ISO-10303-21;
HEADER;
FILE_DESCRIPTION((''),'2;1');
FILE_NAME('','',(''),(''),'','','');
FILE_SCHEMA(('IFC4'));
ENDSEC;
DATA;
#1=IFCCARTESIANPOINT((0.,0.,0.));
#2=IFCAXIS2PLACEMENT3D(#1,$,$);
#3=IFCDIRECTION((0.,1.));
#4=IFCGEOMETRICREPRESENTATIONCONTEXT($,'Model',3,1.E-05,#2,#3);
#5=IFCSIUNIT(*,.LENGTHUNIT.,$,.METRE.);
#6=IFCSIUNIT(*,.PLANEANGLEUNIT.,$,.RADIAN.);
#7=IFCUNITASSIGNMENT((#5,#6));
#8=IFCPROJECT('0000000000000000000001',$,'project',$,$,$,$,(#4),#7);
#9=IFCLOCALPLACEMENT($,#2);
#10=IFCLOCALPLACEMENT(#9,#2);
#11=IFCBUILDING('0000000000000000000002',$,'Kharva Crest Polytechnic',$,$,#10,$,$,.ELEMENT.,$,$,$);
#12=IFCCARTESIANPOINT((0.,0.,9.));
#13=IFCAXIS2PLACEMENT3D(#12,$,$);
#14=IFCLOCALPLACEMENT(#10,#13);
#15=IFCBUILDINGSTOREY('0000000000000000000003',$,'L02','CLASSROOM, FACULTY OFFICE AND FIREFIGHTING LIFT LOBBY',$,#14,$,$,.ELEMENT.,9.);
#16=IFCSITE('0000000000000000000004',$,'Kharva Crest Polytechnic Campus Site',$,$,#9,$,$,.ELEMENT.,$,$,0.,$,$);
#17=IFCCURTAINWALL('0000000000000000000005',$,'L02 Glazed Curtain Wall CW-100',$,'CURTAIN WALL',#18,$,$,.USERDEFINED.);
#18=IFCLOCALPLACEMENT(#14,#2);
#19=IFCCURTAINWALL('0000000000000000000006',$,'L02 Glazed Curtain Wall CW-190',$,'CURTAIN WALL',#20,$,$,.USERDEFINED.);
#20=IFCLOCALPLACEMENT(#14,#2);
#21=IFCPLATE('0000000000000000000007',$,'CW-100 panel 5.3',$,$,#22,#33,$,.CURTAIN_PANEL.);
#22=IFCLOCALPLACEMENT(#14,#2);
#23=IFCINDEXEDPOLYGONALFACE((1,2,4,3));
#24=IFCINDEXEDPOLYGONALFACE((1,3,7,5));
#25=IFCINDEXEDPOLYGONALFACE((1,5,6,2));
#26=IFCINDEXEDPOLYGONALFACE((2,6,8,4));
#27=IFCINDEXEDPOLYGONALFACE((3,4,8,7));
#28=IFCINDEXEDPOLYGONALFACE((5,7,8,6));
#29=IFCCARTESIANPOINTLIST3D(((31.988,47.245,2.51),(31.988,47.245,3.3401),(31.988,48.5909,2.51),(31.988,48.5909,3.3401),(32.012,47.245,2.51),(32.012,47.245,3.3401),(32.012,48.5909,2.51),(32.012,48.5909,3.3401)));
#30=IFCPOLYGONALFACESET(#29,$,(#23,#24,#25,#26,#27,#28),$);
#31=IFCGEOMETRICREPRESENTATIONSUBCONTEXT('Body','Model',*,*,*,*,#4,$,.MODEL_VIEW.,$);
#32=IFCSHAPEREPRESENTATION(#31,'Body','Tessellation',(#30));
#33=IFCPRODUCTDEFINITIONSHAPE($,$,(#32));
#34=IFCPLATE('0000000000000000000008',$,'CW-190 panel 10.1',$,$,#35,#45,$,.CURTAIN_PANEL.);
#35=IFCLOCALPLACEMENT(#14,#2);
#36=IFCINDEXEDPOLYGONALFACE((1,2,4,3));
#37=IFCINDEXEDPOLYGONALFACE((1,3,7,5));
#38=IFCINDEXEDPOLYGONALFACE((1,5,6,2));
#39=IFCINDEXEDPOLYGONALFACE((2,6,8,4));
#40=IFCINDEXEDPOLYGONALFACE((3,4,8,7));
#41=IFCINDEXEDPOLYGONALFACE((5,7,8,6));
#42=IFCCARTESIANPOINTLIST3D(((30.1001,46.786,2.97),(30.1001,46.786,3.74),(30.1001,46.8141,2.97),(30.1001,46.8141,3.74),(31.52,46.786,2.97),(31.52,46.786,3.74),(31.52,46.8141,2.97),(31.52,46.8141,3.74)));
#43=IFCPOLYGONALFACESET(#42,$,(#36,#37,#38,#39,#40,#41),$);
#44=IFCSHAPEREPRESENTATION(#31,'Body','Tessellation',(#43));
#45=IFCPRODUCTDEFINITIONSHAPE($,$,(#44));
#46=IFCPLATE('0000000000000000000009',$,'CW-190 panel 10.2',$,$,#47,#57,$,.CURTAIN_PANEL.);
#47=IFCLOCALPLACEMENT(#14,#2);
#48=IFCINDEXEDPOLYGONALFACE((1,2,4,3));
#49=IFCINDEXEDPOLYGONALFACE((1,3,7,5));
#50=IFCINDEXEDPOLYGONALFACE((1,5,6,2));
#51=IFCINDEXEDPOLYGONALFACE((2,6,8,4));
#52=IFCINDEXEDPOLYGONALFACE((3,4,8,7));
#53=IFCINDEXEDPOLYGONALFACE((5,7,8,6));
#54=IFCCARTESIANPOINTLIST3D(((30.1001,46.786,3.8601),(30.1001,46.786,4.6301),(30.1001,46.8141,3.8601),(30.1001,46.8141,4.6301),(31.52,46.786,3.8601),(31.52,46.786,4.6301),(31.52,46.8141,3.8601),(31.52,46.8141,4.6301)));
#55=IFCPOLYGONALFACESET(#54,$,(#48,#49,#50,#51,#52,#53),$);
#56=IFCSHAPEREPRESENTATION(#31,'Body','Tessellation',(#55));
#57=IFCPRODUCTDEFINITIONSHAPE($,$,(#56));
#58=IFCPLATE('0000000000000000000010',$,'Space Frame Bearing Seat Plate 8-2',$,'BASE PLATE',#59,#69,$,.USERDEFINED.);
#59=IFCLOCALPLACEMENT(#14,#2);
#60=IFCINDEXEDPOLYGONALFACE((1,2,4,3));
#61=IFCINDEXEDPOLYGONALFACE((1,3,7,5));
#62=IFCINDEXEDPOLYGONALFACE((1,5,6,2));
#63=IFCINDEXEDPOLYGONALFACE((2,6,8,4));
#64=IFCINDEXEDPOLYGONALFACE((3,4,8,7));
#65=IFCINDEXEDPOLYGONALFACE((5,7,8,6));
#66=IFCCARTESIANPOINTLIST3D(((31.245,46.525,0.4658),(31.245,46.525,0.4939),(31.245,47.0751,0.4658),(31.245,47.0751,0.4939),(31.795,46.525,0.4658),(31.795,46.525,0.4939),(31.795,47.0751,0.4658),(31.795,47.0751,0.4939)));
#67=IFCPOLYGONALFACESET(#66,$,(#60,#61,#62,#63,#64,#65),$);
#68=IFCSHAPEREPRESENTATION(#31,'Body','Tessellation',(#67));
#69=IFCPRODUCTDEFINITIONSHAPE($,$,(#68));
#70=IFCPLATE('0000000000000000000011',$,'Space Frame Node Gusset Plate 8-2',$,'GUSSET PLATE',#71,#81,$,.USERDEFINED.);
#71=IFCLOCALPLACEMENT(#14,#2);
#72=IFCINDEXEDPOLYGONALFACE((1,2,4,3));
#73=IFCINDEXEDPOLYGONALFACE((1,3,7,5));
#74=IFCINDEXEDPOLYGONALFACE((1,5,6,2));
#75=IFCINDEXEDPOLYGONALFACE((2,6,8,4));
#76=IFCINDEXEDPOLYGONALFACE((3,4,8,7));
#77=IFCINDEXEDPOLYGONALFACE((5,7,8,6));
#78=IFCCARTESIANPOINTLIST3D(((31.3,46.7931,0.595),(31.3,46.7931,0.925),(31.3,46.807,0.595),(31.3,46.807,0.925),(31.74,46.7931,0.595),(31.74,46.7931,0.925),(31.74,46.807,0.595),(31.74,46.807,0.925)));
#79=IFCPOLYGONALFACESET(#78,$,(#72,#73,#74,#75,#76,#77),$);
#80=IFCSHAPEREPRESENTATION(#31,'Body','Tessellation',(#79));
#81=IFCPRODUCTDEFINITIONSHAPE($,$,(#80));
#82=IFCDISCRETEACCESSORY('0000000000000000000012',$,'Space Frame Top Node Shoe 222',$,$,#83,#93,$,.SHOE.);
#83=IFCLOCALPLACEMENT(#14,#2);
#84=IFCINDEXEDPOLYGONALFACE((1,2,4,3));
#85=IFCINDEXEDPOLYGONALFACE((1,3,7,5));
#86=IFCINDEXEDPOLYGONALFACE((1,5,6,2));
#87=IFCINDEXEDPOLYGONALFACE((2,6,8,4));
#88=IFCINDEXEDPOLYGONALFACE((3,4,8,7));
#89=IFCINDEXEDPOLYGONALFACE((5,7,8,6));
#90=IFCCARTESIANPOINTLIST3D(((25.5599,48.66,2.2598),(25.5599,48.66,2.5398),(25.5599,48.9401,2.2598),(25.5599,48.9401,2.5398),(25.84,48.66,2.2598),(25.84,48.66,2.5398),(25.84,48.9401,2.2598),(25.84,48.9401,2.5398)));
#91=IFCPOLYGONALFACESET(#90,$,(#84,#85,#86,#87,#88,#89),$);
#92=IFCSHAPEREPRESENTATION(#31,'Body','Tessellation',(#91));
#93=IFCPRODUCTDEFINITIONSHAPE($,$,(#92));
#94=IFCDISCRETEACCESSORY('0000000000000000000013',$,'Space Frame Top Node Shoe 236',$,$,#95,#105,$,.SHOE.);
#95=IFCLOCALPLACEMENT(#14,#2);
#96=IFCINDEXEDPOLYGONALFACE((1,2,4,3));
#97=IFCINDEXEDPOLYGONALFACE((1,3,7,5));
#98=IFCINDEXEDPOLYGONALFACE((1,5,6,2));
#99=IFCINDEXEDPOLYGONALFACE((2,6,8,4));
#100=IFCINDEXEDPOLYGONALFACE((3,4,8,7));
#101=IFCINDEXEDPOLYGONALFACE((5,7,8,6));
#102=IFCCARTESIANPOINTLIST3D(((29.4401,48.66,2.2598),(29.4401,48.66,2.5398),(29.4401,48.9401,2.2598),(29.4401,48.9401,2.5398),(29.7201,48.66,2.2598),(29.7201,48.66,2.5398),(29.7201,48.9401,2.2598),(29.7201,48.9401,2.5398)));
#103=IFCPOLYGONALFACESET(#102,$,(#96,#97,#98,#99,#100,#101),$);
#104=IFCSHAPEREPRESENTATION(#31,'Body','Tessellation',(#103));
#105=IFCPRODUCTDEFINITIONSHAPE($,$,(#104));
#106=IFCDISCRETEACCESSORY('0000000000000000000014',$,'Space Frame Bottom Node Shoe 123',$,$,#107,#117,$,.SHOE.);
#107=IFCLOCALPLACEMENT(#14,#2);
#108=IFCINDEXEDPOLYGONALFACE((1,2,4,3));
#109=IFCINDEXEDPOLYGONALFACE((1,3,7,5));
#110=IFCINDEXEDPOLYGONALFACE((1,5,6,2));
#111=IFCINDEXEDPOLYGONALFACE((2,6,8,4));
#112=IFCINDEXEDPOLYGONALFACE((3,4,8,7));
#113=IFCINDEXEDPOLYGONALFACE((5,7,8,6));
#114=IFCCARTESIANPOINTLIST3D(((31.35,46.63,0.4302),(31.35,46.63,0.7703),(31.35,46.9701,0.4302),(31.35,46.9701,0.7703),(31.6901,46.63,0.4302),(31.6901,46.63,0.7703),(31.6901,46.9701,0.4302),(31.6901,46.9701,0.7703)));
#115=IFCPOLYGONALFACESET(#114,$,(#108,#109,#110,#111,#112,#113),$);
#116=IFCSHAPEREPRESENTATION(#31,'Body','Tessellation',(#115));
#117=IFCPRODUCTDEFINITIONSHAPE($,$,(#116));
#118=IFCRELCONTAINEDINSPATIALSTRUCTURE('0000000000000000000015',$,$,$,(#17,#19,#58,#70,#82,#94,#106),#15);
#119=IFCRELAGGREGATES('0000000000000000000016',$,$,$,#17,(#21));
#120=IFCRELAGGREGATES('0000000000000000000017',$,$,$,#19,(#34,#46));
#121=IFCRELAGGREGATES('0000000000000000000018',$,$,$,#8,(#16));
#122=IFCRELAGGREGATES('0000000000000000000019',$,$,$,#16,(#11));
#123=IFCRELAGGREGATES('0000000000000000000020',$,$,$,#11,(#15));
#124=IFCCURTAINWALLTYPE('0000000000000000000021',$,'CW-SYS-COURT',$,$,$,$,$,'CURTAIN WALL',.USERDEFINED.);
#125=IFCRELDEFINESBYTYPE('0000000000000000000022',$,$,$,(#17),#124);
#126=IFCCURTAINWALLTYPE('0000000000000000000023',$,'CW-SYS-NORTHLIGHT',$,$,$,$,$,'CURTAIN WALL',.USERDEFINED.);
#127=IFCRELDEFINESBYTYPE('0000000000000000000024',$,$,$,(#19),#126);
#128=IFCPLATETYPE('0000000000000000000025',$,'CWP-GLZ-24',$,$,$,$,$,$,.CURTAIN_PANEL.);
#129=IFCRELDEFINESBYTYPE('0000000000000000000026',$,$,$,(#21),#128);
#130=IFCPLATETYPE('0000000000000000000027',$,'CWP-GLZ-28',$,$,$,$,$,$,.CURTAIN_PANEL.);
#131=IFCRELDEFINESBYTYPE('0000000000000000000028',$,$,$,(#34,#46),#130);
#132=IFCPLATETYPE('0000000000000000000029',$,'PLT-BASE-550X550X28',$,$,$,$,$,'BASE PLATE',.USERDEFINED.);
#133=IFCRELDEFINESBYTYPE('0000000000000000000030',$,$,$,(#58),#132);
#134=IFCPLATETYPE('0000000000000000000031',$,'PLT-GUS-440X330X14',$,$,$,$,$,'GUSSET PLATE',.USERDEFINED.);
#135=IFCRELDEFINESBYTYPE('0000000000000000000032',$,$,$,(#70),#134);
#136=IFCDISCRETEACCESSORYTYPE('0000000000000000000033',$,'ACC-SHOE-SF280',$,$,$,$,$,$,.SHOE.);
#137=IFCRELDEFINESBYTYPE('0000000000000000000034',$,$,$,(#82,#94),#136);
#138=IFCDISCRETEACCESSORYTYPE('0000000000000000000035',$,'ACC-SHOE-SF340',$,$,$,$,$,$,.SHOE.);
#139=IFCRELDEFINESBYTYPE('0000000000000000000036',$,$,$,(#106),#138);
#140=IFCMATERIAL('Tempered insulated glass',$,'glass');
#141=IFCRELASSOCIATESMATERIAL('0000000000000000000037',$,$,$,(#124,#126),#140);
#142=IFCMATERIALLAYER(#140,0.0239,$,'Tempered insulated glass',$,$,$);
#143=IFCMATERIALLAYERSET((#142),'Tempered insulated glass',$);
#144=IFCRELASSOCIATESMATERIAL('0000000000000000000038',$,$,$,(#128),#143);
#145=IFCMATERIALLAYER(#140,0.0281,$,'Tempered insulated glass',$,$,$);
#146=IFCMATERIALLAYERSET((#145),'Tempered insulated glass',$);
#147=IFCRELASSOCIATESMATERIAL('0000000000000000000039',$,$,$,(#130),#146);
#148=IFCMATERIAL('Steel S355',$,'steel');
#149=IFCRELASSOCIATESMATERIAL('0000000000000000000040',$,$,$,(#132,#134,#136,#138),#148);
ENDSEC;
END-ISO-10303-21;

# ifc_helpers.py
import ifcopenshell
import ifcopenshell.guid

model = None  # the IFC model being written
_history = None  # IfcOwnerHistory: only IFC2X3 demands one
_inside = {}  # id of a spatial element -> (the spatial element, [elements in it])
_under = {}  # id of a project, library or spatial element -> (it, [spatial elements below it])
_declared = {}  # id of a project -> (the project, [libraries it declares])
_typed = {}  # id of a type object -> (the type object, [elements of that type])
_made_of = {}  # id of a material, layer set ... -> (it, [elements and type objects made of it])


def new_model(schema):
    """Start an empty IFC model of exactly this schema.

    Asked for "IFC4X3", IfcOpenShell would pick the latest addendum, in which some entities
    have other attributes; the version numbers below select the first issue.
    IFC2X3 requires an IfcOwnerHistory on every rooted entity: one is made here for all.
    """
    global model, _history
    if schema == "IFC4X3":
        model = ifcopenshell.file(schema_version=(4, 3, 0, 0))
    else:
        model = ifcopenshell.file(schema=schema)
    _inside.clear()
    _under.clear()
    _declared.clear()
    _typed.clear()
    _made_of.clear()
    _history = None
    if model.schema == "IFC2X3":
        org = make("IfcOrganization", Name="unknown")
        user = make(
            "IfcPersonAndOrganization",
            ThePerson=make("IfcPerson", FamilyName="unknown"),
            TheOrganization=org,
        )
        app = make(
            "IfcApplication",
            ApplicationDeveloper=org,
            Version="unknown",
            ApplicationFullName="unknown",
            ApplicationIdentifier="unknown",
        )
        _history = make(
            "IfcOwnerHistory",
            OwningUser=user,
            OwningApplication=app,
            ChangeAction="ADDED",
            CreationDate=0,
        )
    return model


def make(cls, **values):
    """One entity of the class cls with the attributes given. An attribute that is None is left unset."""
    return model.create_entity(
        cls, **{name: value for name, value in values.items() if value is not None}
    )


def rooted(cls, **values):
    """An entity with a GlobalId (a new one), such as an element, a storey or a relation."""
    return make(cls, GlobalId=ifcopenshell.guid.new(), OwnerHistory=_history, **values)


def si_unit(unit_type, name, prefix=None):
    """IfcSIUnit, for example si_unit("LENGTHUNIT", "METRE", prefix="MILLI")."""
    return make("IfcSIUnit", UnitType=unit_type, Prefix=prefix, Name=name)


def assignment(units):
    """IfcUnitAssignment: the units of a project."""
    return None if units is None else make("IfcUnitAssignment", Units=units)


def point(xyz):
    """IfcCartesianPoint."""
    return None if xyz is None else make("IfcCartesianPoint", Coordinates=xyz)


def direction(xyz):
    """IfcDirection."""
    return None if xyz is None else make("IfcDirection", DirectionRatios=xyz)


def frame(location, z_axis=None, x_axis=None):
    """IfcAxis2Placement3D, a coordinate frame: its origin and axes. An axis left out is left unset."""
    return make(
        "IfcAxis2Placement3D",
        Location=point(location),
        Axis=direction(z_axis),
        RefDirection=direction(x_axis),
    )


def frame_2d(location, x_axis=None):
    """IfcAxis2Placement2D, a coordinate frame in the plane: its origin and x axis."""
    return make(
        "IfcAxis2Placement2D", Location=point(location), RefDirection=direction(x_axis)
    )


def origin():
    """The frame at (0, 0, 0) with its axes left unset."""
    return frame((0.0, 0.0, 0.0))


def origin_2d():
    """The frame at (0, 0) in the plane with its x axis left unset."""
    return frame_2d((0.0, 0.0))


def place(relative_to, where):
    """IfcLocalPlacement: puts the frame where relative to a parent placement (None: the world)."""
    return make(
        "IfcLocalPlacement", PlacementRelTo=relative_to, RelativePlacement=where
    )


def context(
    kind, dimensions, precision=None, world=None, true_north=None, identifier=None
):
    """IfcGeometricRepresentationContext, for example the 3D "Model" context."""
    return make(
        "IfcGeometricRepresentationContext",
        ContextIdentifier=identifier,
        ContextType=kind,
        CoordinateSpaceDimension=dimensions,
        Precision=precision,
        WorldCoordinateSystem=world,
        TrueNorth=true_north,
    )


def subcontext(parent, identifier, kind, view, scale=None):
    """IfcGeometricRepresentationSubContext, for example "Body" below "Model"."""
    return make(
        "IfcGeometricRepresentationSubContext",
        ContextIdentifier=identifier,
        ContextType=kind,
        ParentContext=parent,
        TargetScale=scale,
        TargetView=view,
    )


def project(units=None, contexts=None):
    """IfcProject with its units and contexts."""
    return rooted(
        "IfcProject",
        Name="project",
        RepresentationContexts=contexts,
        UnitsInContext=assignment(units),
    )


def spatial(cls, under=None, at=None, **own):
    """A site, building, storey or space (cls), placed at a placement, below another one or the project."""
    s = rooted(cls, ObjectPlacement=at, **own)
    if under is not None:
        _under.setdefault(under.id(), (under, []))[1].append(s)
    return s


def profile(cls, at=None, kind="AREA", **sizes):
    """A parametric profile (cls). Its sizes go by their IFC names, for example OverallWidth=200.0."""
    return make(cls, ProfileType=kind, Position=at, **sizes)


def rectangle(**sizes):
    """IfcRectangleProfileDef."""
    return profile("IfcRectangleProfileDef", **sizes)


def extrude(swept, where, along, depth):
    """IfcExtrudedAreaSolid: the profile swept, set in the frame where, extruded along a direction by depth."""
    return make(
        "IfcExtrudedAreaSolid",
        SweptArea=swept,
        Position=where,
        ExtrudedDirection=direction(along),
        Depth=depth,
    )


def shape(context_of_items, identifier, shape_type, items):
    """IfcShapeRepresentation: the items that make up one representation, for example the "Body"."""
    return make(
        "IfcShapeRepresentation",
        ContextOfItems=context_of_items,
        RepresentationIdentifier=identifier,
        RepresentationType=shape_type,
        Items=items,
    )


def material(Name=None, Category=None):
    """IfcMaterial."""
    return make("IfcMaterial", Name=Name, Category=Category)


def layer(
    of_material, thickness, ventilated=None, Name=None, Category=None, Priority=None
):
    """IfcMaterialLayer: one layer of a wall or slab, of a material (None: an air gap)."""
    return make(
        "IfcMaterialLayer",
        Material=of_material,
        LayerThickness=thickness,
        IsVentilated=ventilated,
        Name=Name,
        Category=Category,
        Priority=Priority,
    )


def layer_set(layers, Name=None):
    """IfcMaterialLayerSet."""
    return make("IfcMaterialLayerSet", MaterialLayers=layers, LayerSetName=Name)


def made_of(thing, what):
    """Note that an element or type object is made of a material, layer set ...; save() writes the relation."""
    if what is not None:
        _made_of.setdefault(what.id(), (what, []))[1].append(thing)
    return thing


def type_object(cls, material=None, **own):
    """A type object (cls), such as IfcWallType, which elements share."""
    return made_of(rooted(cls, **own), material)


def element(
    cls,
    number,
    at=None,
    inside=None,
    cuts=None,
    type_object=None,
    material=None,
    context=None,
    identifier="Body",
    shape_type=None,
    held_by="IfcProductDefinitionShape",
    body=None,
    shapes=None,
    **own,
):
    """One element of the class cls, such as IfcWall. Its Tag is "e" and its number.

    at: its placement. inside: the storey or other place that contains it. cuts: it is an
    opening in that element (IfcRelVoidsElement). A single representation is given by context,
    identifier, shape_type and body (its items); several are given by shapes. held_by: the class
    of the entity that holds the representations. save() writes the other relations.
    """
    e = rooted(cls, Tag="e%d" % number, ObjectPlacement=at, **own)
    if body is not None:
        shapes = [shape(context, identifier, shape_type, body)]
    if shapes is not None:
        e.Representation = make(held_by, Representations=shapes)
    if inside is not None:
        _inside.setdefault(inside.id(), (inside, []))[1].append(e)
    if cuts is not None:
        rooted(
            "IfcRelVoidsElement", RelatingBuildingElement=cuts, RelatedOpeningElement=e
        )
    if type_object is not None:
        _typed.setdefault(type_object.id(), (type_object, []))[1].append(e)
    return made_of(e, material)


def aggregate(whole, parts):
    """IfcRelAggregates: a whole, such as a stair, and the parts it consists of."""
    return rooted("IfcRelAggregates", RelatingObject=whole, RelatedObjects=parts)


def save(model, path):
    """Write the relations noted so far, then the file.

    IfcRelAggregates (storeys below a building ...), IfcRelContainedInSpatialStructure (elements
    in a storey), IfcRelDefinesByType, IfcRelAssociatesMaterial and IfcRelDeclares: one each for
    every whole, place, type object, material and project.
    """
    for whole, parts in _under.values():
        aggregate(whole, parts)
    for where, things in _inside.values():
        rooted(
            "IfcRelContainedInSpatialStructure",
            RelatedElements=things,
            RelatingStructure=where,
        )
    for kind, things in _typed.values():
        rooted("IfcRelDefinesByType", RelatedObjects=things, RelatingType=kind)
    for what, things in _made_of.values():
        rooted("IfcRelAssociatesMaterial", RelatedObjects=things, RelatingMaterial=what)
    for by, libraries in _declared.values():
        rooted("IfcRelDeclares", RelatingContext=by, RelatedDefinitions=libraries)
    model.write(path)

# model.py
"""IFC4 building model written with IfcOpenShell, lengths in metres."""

from ifc_helpers import new_model, si_unit, direction, frame, origin, origin_2d, place, context, subcontext, project, spatial, rectangle, extrude, material, layer, layer_set, type_object, element, aggregate, save


model = new_model("IFC4")

# Units and contexts
model_context = context("Model", 3, precision=1e-05, world=origin(), true_north=direction((0.0, 1.0)))
body_context = subcontext(model_context, "Body", "Model", "MODEL_VIEW")
ifc_project = project(units=[si_unit("LENGTHUNIT", "METRE"), si_unit("PLANEANGLEUNIT", "RADIAN")], contexts=[model_context])

# Site, building, storey
site_placement = place(None, origin())
site = spatial("IfcSite", under=ifc_project, at=site_placement, Name="Kharva Crest Polytechnic Campus Site", CompositionType="ELEMENT", RefElevation=0.0)
building_placement = place(site_placement, origin())
building = spatial("IfcBuilding", under=site, at=building_placement, Name="Kharva Crest Polytechnic", CompositionType="ELEMENT")
storey_placement = place(building_placement, frame((0.0, 0.0, 9.0)))
storey = spatial("IfcBuildingStorey", under=building, at=storey_placement, Name="L02", Description="CLASSROOM, FACULTY OFFICE AND FIREFIGHTING LIFT LOBBY", CompositionType="ELEMENT", Elevation=9.0)

# Curtain wall
ifc_material_1 = material(Name="Tempered insulated glass", Category="glass")
curtain_wall_type_1 = type_object("IfcCurtainWallType", Name="CW-SYS-COURT", ElementType="CURTAIN WALL", PredefinedType="USERDEFINED", material=ifc_material_1)
curtain_wall_1_placement = place(storey_placement, origin())
curtain_wall_1 = element("IfcCurtainWall", 1, at=curtain_wall_1_placement, inside=storey, type_object=curtain_wall_type_1, Name="L02 Glazed Curtain Wall CW-100", ObjectType="CURTAIN WALL", PredefinedType="USERDEFINED")
ifc_material_2 = material(Name="Steel S355", Category="steel")

# Curtain wall
curtain_wall_type_2 = type_object("IfcCurtainWallType", Name="CW-SYS-NORTHLIGHT", ElementType="CURTAIN WALL", PredefinedType="USERDEFINED", material=ifc_material_1)
curtain_wall_2_placement = place(storey_placement, origin())
curtain_wall_2 = element("IfcCurtainWall", 2, at=curtain_wall_2_placement, inside=storey, type_object=curtain_wall_type_2, Name="L02 Glazed Curtain Wall CW-190", ObjectType="CURTAIN WALL", PredefinedType="USERDEFINED")

# Plates
ifc_layer_1 = layer(ifc_material_1, 0.0239, Name="Tempered insulated glass")
ifc_layer_set_1 = layer_set([ifc_layer_1], Name="Tempered insulated glass")
plate_type_1 = type_object("IfcPlateType", Name="CWP-GLZ-24", PredefinedType="CURTAIN_PANEL", material=ifc_layer_set_1)
plate_1_placement = place(storey_placement, frame((32.0, 47.918, 2.51), z_axis=(0.0, 0.0, 1.0), x_axis=(0.0, -1.0, 0.0)))
plate_1 = element("IfcPlate", 3, at=plate_1_placement, type_object=plate_type_1, Name="CW-100 panel 5.3", PredefinedType="CURTAIN_PANEL", context=body_context, shape_type="SweptSolid", body=[
    extrude(rectangle(XDim=1.3459, YDim=0.0239, at=origin_2d()), origin(), (0.0, 0.0, 1.0), 0.8301),
])
aggregate(curtain_wall_1, [plate_1])
ifc_layer_2 = layer(ifc_material_1, 0.0281, Name="Tempered insulated glass")
ifc_layer_set_2 = layer_set([ifc_layer_2], Name="Tempered insulated glass")
plate_type_2 = type_object("IfcPlateType", Name="CWP-GLZ-28", PredefinedType="CURTAIN_PANEL", material=ifc_layer_set_2)
plate_2_placement = place(storey_placement, frame((30.8101, 46.8, 2.97), z_axis=(0.0, 0.0, 1.0), x_axis=(1.0, 0.0, 0.0)))
plate_2 = element("IfcPlate", 4, at=plate_2_placement, type_object=plate_type_2, Name="CW-190 panel 10.1", PredefinedType="CURTAIN_PANEL", context=body_context, shape_type="SweptSolid", body=[
    extrude(rectangle(XDim=1.4199, YDim=0.0281, at=origin_2d()), origin(), (0.0, 0.0, 1.0), 0.77),
])
plate_3_placement = place(storey_placement, frame((30.8101, 46.8, 3.8601), z_axis=(0.0, 0.0, 1.0), x_axis=(1.0, 0.0, 0.0)))
plate_3 = element("IfcPlate", 5, at=plate_3_placement, type_object=plate_type_2, Name="CW-190 panel 10.2", PredefinedType="CURTAIN_PANEL", context=body_context, shape_type="SweptSolid", body=[
    extrude(rectangle(XDim=1.4199, YDim=0.0281, at=origin_2d()), origin(), (0.0, 0.0, 1.0), 0.77),
])
aggregate(curtain_wall_2, [plate_2, plate_3])

# Plates
plate_type_3 = type_object("IfcPlateType", Name="PLT-BASE-550X550X28", ElementType="BASE PLATE", PredefinedType="USERDEFINED", material=ifc_material_2)
plate_4_placement = place(storey_placement, frame((31.52, 46.8, 0.4658), z_axis=(0.0, 0.0, 1.0), x_axis=(1.0, 0.0, 0.0)))
element("IfcPlate", 6, at=plate_4_placement, inside=storey, type_object=plate_type_3, Name="Space Frame Bearing Seat Plate 8-2", ObjectType="BASE PLATE", PredefinedType="USERDEFINED", context=body_context, shape_type="SweptSolid", body=[
    extrude(rectangle(XDim=0.55, YDim=0.55, at=origin_2d()), origin(), (0.0, 0.0, 1.0), 0.0281),
])
plate_type_4 = type_object("IfcPlateType", Name="PLT-GUS-440X330X14", ElementType="GUSSET PLATE", PredefinedType="USERDEFINED", material=ifc_material_2)
plate_5_placement = place(storey_placement, frame((31.52, 46.8, 0.595), z_axis=(0.0, 0.0, 1.0), x_axis=(1.0, 0.0, 0.0)))
element("IfcPlate", 7, at=plate_5_placement, inside=storey, type_object=plate_type_4, Name="Space Frame Node Gusset Plate 8-2", ObjectType="GUSSET PLATE", PredefinedType="USERDEFINED", context=body_context, shape_type="SweptSolid", body=[
    extrude(rectangle(XDim=0.4399, YDim=0.0139, at=origin_2d()), origin(), (0.0, 0.0, 1.0), 0.3301),
])

# Discrete accessories
discrete_accessory_type_1 = type_object("IfcDiscreteAccessoryType", Name="ACC-SHOE-SF280", PredefinedType="SHOE", material=ifc_material_2)
for number, where, z_axis, x_axis, name in (
    (8, (25.7, 48.8, 2.2598), (0.0, 0.0, 1.0), (1.0, 0.0, 0.0), "Space Frame Top Node Shoe 222"),
    (9, (29.5801, 48.8, 2.2598), (0.0, 0.0, 1.0), (1.0, 0.0, 0.0), "Space Frame Top Node Shoe 236"),
):
    element("IfcDiscreteAccessory", number, at=place(storey_placement, frame(where, z_axis=z_axis, x_axis=x_axis)), inside=storey, type_object=discrete_accessory_type_1, Name=name, PredefinedType="SHOE", context=body_context, shape_type="SweptSolid", body=[
        extrude(rectangle(XDim=0.28, YDim=0.28, at=origin_2d()), origin(), (0.0, 0.0, 1.0), 0.28),
    ])
discrete_accessory_type_2 = type_object("IfcDiscreteAccessoryType", Name="ACC-SHOE-SF340", PredefinedType="SHOE", material=ifc_material_2)
discrete_accessory_placement = place(storey_placement, frame((31.52, 46.8, 0.4302), z_axis=(0.0, 0.0, 1.0), x_axis=(1.0, 0.0, 0.0)))
element("IfcDiscreteAccessory", 10, at=discrete_accessory_placement, inside=storey, type_object=discrete_accessory_type_2, Name="Space Frame Bottom Node Shoe 123", PredefinedType="SHOE", context=body_context, shape_type="SweptSolid", body=[
    extrude(rectangle(XDim=0.3401, YDim=0.3401, at=origin_2d()), origin(), (0.0, 0.0, 1.0), 0.3401),
])

save(model, "model.ifc")
